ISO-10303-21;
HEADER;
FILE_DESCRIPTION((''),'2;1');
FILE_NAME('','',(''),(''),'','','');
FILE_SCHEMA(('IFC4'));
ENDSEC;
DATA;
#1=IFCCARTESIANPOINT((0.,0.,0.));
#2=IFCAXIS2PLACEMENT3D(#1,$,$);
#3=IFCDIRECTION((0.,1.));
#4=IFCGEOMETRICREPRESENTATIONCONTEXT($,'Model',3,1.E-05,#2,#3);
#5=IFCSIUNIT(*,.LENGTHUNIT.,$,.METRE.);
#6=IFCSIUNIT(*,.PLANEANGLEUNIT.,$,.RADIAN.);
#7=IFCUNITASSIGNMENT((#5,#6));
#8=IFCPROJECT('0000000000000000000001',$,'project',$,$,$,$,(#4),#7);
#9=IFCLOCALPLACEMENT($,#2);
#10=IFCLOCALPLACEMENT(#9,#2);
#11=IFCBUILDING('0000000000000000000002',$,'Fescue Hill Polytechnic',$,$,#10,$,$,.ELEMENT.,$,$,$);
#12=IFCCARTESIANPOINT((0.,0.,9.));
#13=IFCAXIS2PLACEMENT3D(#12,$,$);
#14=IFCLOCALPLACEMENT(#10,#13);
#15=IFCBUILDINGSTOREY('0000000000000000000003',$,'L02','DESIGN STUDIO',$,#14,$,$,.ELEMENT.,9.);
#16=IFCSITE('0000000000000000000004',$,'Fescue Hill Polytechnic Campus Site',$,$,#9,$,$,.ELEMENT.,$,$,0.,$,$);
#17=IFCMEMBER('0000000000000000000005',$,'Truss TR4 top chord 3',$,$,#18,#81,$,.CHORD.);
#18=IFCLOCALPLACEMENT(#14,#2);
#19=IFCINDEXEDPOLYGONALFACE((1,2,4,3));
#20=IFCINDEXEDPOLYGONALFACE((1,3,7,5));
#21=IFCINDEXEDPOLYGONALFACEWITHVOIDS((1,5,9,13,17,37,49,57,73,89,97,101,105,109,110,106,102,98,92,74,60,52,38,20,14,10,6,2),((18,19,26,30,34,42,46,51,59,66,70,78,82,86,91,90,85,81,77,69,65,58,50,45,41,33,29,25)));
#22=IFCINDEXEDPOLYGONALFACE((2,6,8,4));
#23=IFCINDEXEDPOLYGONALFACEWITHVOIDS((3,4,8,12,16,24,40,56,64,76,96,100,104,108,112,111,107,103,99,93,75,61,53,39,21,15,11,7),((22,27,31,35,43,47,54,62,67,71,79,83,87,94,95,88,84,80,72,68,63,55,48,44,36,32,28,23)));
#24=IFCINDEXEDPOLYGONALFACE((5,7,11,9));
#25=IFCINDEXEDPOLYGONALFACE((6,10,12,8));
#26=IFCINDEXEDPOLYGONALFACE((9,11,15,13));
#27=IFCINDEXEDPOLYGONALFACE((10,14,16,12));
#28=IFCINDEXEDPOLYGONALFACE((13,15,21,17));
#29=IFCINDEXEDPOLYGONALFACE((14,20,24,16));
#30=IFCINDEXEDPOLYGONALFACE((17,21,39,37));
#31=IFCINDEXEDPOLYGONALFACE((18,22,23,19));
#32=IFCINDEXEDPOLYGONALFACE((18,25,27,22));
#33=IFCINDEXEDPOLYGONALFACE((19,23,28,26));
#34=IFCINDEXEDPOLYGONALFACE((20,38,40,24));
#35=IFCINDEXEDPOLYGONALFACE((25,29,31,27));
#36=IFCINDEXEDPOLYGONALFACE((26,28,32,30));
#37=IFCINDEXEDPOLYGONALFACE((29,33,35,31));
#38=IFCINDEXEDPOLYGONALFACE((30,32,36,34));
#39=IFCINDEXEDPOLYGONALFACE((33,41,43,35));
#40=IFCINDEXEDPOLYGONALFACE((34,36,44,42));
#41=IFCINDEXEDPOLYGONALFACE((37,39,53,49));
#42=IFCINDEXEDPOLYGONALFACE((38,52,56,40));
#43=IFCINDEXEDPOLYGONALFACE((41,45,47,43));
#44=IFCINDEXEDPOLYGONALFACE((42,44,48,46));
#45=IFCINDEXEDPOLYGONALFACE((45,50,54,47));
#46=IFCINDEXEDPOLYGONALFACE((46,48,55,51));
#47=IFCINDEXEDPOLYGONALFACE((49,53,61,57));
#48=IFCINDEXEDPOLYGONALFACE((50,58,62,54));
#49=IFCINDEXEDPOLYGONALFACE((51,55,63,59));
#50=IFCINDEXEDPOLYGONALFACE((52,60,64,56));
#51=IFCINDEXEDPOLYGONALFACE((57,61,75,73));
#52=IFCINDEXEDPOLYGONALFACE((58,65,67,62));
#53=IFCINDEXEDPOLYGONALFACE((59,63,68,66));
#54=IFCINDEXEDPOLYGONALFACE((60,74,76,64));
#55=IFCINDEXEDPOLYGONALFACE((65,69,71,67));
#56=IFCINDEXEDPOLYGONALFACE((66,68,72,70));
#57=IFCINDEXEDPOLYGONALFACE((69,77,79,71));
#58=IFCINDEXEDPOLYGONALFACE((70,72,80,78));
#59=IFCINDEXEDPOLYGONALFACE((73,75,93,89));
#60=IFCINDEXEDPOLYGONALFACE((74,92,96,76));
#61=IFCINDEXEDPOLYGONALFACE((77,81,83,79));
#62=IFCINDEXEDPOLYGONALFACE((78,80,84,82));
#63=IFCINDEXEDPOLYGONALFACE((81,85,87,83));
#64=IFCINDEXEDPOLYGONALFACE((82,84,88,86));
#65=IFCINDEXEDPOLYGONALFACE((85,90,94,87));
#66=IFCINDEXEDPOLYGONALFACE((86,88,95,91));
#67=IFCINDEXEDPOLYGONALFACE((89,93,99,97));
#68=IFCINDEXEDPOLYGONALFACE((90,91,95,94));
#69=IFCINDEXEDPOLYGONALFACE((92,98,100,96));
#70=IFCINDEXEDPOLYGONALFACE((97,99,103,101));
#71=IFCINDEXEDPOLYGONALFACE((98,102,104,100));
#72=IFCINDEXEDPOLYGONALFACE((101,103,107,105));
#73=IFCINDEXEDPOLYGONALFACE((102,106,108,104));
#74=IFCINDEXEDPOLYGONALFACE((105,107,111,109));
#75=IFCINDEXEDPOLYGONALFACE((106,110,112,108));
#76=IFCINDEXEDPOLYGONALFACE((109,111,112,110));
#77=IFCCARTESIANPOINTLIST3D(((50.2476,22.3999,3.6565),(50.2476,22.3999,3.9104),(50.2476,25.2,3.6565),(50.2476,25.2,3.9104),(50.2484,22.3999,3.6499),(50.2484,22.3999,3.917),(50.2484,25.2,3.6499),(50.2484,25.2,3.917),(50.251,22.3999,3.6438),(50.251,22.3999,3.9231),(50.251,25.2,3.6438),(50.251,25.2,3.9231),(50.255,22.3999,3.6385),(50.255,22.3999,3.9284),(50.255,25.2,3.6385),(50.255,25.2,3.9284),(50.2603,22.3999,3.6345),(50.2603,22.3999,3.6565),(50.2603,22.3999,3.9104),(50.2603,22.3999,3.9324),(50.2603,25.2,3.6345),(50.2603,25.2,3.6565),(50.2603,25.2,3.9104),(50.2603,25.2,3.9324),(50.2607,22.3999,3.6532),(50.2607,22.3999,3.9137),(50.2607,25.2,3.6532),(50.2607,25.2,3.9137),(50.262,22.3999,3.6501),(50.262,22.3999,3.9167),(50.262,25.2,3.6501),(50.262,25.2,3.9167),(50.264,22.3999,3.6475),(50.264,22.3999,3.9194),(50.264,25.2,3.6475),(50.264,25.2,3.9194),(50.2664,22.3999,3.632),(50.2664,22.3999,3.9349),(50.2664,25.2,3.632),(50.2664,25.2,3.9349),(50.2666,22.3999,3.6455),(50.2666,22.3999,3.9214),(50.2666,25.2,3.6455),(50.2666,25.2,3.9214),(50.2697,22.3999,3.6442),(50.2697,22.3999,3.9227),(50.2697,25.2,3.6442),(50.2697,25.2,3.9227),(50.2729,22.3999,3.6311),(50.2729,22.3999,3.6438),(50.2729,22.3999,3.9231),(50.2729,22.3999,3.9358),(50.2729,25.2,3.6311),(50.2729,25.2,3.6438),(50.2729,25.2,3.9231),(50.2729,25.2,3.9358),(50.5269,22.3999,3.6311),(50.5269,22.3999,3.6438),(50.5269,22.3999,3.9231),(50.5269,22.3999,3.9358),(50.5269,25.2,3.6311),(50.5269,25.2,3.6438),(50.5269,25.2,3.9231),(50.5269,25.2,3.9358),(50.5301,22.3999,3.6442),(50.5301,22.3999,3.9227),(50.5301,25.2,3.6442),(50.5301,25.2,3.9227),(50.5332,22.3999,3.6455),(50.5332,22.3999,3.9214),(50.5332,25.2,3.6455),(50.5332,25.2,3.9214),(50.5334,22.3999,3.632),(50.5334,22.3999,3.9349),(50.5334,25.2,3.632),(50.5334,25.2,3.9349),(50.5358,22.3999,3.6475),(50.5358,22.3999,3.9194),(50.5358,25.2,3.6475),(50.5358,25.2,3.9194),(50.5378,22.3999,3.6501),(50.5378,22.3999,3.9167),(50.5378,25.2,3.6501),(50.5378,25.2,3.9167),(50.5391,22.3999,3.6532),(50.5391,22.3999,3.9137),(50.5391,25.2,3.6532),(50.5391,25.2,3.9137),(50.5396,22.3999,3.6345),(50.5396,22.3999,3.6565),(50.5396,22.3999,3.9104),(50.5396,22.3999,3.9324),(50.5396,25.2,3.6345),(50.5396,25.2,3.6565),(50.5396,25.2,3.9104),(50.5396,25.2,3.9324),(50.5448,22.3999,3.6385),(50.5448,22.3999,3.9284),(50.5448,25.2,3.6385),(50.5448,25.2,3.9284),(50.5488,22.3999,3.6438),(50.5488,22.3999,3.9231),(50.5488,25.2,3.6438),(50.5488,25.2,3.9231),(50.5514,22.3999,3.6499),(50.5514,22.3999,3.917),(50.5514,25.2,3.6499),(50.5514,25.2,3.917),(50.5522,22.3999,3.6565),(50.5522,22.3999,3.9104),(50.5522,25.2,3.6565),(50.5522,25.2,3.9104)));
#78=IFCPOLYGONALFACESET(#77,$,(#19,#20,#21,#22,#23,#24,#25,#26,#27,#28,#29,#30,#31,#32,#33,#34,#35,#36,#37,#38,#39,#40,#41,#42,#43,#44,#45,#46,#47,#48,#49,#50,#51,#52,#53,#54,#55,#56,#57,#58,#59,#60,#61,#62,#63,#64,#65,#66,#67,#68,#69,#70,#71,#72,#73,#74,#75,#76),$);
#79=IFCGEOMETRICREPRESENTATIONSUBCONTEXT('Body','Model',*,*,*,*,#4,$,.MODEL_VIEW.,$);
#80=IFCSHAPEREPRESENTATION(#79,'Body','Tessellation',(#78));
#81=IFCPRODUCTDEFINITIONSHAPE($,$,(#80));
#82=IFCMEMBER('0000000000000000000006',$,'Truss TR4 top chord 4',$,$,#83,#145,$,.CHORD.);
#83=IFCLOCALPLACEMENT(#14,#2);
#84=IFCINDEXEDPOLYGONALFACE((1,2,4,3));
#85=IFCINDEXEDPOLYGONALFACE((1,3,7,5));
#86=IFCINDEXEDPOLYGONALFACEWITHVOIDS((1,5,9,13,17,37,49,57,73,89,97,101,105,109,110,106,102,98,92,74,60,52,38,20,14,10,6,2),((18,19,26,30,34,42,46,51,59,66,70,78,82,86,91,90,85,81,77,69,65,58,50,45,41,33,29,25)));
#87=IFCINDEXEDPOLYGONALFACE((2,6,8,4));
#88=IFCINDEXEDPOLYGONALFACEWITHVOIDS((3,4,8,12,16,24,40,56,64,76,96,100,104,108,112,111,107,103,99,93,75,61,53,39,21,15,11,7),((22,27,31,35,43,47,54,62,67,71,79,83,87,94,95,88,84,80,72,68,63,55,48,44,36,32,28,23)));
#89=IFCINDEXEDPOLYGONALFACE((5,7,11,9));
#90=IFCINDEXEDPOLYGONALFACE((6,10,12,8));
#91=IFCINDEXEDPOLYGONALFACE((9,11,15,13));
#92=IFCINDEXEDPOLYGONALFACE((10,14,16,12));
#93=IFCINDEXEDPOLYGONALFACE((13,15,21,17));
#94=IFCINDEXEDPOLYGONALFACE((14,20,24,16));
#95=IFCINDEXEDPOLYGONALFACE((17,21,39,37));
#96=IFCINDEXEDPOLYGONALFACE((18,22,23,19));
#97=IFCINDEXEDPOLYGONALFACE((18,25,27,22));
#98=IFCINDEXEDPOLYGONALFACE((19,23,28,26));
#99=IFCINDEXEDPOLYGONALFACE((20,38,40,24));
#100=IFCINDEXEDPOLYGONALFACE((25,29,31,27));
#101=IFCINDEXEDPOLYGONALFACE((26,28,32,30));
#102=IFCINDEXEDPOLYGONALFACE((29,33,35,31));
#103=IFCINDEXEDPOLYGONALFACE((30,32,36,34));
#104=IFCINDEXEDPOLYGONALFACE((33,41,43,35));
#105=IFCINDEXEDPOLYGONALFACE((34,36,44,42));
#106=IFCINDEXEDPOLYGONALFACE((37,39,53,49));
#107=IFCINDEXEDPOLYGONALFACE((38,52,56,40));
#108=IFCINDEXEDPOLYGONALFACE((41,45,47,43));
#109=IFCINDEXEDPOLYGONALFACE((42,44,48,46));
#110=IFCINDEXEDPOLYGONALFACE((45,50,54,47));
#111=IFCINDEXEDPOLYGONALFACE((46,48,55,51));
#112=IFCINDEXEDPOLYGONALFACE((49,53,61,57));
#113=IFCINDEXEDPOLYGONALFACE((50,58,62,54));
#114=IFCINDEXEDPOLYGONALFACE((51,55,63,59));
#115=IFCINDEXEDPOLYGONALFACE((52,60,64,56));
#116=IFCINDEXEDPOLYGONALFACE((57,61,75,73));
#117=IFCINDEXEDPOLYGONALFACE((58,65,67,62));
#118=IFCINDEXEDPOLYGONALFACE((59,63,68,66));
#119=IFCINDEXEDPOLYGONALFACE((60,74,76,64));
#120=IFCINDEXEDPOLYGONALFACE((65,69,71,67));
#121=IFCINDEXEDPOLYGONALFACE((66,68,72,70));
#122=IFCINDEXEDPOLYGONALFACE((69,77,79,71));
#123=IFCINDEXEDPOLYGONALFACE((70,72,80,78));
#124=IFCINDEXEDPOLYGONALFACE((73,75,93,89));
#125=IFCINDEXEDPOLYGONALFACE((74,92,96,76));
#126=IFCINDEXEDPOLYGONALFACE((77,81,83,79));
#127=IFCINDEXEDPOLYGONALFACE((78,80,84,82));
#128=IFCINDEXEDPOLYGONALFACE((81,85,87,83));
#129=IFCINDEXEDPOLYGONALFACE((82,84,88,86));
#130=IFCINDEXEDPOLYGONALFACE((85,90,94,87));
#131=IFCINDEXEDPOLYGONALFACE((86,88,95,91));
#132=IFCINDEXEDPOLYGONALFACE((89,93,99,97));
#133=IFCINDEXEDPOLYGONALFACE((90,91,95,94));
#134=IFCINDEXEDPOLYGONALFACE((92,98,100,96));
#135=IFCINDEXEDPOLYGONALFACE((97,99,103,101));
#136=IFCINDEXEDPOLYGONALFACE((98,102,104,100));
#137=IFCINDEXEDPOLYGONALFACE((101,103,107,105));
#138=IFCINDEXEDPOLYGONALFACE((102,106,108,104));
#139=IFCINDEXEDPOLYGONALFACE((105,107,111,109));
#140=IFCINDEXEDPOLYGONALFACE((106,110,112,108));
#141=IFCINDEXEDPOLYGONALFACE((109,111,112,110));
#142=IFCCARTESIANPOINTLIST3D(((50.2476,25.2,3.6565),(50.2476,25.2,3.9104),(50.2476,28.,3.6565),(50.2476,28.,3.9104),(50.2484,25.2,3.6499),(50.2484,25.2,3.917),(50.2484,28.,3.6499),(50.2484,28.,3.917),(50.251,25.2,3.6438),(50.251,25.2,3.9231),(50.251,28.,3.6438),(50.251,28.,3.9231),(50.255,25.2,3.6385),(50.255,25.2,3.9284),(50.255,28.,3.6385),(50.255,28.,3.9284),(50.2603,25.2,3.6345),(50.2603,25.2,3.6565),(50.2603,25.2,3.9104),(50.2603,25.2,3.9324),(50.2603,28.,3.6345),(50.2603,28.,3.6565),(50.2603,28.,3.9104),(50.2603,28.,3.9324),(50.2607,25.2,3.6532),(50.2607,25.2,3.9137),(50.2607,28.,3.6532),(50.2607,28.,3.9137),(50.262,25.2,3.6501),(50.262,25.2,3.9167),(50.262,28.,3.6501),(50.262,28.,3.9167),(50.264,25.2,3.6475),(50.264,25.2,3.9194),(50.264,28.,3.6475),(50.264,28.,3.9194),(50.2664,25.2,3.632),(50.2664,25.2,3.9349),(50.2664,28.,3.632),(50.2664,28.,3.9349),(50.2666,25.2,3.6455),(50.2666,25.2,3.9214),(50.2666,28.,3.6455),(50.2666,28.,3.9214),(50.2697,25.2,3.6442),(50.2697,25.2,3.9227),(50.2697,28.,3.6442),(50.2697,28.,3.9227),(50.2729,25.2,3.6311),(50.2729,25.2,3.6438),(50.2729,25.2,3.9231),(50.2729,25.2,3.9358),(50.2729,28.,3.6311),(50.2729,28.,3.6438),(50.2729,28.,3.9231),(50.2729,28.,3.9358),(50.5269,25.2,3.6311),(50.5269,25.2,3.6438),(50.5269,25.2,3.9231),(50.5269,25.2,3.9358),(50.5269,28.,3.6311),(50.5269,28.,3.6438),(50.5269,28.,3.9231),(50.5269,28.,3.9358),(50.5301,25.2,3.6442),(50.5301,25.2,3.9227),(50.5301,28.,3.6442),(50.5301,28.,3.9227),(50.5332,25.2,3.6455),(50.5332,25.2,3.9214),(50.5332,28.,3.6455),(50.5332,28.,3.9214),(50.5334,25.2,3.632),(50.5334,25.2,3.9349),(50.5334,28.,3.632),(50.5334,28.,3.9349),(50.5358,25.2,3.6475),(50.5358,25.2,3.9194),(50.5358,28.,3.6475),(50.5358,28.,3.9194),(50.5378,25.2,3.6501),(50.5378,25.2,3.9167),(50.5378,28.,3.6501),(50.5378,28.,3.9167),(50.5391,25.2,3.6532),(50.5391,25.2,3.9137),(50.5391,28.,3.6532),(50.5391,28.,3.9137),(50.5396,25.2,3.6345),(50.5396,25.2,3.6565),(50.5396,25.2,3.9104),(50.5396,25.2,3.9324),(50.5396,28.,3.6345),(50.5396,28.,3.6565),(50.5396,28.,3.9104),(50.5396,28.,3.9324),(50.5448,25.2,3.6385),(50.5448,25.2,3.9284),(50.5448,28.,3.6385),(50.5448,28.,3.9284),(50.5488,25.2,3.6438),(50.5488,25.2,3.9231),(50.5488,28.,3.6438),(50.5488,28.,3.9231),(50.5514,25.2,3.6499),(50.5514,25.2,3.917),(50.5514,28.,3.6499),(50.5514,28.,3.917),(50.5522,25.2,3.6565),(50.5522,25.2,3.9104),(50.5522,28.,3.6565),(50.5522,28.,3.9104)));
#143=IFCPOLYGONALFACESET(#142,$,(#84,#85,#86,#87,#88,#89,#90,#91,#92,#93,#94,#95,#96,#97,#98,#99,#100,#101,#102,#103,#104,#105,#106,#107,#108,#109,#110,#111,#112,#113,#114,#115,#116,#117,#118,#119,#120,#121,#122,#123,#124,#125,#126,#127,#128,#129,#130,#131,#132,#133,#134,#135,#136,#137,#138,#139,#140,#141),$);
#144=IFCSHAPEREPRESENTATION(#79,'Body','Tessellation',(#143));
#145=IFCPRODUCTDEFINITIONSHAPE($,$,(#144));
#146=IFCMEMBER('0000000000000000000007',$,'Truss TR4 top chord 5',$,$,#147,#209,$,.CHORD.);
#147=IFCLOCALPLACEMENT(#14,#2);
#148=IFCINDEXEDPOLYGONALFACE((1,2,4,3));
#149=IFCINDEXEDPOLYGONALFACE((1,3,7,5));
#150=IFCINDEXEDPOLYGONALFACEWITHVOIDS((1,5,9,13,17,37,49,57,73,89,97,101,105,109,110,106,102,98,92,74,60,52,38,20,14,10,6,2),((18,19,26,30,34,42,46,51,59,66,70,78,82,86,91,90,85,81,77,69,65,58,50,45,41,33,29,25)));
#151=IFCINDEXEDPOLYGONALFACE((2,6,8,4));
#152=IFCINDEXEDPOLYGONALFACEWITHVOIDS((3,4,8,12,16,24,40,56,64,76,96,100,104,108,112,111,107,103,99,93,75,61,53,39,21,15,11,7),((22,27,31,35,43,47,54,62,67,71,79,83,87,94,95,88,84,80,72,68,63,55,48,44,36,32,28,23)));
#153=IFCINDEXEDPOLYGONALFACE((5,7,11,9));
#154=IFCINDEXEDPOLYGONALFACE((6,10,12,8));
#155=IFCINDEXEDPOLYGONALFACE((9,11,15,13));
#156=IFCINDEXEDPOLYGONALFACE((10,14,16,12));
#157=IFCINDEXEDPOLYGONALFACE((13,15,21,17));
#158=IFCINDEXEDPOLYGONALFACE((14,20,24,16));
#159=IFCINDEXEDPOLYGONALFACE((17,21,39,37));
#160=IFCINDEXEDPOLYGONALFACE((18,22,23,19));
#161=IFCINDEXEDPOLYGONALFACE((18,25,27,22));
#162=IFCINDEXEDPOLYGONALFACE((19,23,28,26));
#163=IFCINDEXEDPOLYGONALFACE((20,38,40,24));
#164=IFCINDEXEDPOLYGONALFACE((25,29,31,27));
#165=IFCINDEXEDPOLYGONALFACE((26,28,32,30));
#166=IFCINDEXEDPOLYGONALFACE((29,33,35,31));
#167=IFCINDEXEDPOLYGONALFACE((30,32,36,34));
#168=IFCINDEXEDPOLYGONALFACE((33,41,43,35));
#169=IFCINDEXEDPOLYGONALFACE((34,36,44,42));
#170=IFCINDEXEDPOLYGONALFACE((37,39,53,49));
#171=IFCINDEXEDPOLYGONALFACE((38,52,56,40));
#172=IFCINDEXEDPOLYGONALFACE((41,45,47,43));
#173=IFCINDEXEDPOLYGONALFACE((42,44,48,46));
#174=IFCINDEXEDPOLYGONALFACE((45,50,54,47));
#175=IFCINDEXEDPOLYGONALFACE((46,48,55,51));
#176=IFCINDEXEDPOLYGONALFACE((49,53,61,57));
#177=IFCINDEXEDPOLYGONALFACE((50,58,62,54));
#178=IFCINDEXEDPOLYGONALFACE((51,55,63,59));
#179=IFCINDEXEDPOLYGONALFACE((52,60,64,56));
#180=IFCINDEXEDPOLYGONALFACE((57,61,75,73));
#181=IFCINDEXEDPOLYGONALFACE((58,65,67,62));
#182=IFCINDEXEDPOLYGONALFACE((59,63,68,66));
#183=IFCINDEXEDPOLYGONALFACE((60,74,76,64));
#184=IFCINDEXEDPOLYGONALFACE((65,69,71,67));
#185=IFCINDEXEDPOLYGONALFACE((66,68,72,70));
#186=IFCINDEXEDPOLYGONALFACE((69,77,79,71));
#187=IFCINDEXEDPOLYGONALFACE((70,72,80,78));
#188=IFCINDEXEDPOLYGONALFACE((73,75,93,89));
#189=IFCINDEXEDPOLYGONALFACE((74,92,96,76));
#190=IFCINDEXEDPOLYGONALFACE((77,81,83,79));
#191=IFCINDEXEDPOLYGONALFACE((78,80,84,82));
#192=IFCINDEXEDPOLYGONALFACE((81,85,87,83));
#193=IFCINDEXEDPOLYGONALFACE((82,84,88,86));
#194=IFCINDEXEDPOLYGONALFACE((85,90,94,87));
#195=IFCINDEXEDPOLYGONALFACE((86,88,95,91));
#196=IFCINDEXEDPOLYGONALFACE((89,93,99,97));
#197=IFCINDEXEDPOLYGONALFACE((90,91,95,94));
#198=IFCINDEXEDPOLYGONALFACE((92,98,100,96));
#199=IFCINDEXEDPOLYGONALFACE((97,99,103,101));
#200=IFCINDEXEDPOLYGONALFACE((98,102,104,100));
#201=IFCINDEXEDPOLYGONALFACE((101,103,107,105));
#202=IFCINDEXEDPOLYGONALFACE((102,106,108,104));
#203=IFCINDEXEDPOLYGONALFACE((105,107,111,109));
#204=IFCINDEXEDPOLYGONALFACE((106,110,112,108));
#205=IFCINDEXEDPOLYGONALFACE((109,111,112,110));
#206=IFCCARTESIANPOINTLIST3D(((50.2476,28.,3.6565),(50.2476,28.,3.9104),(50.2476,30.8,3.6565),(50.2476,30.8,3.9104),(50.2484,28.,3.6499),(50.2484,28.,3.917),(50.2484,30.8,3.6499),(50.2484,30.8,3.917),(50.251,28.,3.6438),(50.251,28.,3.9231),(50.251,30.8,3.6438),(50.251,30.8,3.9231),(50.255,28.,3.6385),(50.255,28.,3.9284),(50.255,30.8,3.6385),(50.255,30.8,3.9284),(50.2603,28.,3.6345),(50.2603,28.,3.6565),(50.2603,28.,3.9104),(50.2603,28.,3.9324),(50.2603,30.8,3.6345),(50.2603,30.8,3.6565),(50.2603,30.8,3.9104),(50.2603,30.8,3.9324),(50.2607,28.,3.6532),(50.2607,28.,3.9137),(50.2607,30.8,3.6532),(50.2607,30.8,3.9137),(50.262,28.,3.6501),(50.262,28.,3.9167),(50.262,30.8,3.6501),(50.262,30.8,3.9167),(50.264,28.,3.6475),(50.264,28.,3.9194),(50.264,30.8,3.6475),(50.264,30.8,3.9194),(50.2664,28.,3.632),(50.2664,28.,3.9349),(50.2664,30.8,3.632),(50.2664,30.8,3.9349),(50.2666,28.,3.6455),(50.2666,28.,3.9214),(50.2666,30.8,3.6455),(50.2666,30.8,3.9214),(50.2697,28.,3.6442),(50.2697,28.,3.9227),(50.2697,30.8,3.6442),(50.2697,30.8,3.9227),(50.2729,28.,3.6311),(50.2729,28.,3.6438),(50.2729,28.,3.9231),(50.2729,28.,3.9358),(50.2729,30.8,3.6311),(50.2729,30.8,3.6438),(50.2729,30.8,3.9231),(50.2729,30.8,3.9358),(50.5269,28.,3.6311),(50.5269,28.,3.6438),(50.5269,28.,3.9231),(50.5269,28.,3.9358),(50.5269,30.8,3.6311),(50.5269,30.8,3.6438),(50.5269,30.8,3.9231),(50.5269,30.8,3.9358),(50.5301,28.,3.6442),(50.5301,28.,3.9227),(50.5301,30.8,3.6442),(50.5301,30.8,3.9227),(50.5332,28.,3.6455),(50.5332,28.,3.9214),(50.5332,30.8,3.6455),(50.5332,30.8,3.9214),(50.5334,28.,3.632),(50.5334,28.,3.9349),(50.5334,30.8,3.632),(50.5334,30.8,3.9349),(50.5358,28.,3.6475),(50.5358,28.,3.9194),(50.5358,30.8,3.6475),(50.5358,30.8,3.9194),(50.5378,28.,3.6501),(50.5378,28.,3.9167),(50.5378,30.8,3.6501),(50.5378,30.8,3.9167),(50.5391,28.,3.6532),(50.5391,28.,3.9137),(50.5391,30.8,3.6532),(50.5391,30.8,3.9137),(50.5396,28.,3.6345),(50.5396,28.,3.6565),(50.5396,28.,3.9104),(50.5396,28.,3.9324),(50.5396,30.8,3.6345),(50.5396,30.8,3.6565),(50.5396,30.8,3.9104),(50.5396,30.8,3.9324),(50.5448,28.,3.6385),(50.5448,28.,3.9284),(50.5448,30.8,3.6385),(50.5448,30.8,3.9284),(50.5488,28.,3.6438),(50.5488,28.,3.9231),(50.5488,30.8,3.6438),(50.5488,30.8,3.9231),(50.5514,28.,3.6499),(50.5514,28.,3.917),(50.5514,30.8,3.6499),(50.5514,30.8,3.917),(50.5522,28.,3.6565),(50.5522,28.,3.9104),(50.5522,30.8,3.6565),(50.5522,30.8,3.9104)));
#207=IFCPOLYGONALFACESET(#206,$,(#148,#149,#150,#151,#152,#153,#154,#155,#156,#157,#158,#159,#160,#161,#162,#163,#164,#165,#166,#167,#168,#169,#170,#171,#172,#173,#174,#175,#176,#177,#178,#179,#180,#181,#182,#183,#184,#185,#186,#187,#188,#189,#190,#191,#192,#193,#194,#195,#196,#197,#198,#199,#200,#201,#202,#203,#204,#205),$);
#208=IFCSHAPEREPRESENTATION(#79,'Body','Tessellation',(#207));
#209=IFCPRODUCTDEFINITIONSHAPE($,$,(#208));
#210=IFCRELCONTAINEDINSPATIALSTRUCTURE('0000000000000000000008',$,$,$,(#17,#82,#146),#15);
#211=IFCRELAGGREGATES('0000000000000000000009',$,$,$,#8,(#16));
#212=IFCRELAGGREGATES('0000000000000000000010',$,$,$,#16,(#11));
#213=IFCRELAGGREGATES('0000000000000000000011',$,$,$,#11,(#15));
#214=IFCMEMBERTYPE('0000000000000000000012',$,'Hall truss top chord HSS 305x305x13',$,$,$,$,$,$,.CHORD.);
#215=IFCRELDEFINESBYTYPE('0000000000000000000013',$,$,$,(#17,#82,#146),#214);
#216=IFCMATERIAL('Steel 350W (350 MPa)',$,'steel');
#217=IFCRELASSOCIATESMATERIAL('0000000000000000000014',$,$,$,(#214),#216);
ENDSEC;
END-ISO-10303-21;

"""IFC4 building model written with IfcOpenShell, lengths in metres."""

from ifc_helpers import new_model, si_unit, direction, frame, origin, origin_2d, place, context, subcontext, project, spatial, hollow_rectangle, extrude, material, material_profile, profile_set, type_object, element, save


model = new_model("IFC4")

# Units and contexts
model_context = context("Model", 3, precision=1e-05, world=origin(), true_north=direction((0.0, 1.0)))
body_context = subcontext(model_context, "Body", "Model", "MODEL_VIEW")
ifc_project = project(units=[si_unit("LENGTHUNIT", "METRE"), si_unit("PLANEANGLEUNIT", "RADIAN")], contexts=[model_context])

# Site, building, storey
site_placement = place(None, origin())
site = spatial("IfcSite", under=ifc_project, at=site_placement, Name="Fescue Hill Polytechnic Campus Site", CompositionType="ELEMENT", RefElevation=0.0)
building_placement = place(site_placement, origin())
building = spatial("IfcBuilding", under=site, at=building_placement, Name="Fescue Hill Polytechnic", CompositionType="ELEMENT")
storey_placement = place(building_placement, frame((0.0, 0.0, 9.0)))
storey = spatial("IfcBuildingStorey", under=building, at=storey_placement, Name="L02", Description="DESIGN STUDIO", CompositionType="ELEMENT", Elevation=9.0)

# Members
ifc_material = material(Name="Steel 350W (350 MPa)", Category="steel")
ifc_material_profile_1 = material_profile(ifc_material, hollow_rectangle(XDim=0.3047, YDim=0.3047, WallThickness=0.0127, InnerFilletRadius=0.0127, OuterFilletRadius=0.0254, at=origin_2d()), Name="Hall truss top chord HSS 305x305x13")
ifc_profile_set_1 = profile_set([ifc_material_profile_1], Name="Steel 350W (350 MPa)")
member_type_1 = type_object("IfcMemberType", Name="Hall truss top chord HSS 305x305x13", PredefinedType="CHORD", material=ifc_profile_set_1)
for number, where, z_axis, x_axis, name in (
    (1, (50.3999, 22.3999, 3.7834), (0.0, 1.0, 0.0), (-1.0, 0.0, 0.0), "Truss TR4 top chord 3"),
    (2, (50.3999, 25.2, 3.7834), (0.0, 1.0, 0.0), (-1.0, 0.0, 0.0), "Truss TR4 top chord 4"),
    (3, (50.3999, 28.0, 3.7834), (0.0, 1.0, 0.0), (-1.0, 0.0, 0.0), "Truss TR4 top chord 5"),
):
    element("IfcMember", number, at=place(storey_placement, frame(where, z_axis=z_axis, x_axis=x_axis)), inside=storey, type_object=member_type_1, Name=name, PredefinedType="CHORD", context=body_context, shape_type="SweptSolid", body=[
        extrude(hollow_rectangle(XDim=0.3047, YDim=0.3047, WallThickness=0.0127, InnerFilletRadius=0.0127, OuterFilletRadius=0.0254, at=origin_2d()), origin(), (0.0, 0.0, 1.0), 2.8),
    ])

save(model, "model.ifc")
